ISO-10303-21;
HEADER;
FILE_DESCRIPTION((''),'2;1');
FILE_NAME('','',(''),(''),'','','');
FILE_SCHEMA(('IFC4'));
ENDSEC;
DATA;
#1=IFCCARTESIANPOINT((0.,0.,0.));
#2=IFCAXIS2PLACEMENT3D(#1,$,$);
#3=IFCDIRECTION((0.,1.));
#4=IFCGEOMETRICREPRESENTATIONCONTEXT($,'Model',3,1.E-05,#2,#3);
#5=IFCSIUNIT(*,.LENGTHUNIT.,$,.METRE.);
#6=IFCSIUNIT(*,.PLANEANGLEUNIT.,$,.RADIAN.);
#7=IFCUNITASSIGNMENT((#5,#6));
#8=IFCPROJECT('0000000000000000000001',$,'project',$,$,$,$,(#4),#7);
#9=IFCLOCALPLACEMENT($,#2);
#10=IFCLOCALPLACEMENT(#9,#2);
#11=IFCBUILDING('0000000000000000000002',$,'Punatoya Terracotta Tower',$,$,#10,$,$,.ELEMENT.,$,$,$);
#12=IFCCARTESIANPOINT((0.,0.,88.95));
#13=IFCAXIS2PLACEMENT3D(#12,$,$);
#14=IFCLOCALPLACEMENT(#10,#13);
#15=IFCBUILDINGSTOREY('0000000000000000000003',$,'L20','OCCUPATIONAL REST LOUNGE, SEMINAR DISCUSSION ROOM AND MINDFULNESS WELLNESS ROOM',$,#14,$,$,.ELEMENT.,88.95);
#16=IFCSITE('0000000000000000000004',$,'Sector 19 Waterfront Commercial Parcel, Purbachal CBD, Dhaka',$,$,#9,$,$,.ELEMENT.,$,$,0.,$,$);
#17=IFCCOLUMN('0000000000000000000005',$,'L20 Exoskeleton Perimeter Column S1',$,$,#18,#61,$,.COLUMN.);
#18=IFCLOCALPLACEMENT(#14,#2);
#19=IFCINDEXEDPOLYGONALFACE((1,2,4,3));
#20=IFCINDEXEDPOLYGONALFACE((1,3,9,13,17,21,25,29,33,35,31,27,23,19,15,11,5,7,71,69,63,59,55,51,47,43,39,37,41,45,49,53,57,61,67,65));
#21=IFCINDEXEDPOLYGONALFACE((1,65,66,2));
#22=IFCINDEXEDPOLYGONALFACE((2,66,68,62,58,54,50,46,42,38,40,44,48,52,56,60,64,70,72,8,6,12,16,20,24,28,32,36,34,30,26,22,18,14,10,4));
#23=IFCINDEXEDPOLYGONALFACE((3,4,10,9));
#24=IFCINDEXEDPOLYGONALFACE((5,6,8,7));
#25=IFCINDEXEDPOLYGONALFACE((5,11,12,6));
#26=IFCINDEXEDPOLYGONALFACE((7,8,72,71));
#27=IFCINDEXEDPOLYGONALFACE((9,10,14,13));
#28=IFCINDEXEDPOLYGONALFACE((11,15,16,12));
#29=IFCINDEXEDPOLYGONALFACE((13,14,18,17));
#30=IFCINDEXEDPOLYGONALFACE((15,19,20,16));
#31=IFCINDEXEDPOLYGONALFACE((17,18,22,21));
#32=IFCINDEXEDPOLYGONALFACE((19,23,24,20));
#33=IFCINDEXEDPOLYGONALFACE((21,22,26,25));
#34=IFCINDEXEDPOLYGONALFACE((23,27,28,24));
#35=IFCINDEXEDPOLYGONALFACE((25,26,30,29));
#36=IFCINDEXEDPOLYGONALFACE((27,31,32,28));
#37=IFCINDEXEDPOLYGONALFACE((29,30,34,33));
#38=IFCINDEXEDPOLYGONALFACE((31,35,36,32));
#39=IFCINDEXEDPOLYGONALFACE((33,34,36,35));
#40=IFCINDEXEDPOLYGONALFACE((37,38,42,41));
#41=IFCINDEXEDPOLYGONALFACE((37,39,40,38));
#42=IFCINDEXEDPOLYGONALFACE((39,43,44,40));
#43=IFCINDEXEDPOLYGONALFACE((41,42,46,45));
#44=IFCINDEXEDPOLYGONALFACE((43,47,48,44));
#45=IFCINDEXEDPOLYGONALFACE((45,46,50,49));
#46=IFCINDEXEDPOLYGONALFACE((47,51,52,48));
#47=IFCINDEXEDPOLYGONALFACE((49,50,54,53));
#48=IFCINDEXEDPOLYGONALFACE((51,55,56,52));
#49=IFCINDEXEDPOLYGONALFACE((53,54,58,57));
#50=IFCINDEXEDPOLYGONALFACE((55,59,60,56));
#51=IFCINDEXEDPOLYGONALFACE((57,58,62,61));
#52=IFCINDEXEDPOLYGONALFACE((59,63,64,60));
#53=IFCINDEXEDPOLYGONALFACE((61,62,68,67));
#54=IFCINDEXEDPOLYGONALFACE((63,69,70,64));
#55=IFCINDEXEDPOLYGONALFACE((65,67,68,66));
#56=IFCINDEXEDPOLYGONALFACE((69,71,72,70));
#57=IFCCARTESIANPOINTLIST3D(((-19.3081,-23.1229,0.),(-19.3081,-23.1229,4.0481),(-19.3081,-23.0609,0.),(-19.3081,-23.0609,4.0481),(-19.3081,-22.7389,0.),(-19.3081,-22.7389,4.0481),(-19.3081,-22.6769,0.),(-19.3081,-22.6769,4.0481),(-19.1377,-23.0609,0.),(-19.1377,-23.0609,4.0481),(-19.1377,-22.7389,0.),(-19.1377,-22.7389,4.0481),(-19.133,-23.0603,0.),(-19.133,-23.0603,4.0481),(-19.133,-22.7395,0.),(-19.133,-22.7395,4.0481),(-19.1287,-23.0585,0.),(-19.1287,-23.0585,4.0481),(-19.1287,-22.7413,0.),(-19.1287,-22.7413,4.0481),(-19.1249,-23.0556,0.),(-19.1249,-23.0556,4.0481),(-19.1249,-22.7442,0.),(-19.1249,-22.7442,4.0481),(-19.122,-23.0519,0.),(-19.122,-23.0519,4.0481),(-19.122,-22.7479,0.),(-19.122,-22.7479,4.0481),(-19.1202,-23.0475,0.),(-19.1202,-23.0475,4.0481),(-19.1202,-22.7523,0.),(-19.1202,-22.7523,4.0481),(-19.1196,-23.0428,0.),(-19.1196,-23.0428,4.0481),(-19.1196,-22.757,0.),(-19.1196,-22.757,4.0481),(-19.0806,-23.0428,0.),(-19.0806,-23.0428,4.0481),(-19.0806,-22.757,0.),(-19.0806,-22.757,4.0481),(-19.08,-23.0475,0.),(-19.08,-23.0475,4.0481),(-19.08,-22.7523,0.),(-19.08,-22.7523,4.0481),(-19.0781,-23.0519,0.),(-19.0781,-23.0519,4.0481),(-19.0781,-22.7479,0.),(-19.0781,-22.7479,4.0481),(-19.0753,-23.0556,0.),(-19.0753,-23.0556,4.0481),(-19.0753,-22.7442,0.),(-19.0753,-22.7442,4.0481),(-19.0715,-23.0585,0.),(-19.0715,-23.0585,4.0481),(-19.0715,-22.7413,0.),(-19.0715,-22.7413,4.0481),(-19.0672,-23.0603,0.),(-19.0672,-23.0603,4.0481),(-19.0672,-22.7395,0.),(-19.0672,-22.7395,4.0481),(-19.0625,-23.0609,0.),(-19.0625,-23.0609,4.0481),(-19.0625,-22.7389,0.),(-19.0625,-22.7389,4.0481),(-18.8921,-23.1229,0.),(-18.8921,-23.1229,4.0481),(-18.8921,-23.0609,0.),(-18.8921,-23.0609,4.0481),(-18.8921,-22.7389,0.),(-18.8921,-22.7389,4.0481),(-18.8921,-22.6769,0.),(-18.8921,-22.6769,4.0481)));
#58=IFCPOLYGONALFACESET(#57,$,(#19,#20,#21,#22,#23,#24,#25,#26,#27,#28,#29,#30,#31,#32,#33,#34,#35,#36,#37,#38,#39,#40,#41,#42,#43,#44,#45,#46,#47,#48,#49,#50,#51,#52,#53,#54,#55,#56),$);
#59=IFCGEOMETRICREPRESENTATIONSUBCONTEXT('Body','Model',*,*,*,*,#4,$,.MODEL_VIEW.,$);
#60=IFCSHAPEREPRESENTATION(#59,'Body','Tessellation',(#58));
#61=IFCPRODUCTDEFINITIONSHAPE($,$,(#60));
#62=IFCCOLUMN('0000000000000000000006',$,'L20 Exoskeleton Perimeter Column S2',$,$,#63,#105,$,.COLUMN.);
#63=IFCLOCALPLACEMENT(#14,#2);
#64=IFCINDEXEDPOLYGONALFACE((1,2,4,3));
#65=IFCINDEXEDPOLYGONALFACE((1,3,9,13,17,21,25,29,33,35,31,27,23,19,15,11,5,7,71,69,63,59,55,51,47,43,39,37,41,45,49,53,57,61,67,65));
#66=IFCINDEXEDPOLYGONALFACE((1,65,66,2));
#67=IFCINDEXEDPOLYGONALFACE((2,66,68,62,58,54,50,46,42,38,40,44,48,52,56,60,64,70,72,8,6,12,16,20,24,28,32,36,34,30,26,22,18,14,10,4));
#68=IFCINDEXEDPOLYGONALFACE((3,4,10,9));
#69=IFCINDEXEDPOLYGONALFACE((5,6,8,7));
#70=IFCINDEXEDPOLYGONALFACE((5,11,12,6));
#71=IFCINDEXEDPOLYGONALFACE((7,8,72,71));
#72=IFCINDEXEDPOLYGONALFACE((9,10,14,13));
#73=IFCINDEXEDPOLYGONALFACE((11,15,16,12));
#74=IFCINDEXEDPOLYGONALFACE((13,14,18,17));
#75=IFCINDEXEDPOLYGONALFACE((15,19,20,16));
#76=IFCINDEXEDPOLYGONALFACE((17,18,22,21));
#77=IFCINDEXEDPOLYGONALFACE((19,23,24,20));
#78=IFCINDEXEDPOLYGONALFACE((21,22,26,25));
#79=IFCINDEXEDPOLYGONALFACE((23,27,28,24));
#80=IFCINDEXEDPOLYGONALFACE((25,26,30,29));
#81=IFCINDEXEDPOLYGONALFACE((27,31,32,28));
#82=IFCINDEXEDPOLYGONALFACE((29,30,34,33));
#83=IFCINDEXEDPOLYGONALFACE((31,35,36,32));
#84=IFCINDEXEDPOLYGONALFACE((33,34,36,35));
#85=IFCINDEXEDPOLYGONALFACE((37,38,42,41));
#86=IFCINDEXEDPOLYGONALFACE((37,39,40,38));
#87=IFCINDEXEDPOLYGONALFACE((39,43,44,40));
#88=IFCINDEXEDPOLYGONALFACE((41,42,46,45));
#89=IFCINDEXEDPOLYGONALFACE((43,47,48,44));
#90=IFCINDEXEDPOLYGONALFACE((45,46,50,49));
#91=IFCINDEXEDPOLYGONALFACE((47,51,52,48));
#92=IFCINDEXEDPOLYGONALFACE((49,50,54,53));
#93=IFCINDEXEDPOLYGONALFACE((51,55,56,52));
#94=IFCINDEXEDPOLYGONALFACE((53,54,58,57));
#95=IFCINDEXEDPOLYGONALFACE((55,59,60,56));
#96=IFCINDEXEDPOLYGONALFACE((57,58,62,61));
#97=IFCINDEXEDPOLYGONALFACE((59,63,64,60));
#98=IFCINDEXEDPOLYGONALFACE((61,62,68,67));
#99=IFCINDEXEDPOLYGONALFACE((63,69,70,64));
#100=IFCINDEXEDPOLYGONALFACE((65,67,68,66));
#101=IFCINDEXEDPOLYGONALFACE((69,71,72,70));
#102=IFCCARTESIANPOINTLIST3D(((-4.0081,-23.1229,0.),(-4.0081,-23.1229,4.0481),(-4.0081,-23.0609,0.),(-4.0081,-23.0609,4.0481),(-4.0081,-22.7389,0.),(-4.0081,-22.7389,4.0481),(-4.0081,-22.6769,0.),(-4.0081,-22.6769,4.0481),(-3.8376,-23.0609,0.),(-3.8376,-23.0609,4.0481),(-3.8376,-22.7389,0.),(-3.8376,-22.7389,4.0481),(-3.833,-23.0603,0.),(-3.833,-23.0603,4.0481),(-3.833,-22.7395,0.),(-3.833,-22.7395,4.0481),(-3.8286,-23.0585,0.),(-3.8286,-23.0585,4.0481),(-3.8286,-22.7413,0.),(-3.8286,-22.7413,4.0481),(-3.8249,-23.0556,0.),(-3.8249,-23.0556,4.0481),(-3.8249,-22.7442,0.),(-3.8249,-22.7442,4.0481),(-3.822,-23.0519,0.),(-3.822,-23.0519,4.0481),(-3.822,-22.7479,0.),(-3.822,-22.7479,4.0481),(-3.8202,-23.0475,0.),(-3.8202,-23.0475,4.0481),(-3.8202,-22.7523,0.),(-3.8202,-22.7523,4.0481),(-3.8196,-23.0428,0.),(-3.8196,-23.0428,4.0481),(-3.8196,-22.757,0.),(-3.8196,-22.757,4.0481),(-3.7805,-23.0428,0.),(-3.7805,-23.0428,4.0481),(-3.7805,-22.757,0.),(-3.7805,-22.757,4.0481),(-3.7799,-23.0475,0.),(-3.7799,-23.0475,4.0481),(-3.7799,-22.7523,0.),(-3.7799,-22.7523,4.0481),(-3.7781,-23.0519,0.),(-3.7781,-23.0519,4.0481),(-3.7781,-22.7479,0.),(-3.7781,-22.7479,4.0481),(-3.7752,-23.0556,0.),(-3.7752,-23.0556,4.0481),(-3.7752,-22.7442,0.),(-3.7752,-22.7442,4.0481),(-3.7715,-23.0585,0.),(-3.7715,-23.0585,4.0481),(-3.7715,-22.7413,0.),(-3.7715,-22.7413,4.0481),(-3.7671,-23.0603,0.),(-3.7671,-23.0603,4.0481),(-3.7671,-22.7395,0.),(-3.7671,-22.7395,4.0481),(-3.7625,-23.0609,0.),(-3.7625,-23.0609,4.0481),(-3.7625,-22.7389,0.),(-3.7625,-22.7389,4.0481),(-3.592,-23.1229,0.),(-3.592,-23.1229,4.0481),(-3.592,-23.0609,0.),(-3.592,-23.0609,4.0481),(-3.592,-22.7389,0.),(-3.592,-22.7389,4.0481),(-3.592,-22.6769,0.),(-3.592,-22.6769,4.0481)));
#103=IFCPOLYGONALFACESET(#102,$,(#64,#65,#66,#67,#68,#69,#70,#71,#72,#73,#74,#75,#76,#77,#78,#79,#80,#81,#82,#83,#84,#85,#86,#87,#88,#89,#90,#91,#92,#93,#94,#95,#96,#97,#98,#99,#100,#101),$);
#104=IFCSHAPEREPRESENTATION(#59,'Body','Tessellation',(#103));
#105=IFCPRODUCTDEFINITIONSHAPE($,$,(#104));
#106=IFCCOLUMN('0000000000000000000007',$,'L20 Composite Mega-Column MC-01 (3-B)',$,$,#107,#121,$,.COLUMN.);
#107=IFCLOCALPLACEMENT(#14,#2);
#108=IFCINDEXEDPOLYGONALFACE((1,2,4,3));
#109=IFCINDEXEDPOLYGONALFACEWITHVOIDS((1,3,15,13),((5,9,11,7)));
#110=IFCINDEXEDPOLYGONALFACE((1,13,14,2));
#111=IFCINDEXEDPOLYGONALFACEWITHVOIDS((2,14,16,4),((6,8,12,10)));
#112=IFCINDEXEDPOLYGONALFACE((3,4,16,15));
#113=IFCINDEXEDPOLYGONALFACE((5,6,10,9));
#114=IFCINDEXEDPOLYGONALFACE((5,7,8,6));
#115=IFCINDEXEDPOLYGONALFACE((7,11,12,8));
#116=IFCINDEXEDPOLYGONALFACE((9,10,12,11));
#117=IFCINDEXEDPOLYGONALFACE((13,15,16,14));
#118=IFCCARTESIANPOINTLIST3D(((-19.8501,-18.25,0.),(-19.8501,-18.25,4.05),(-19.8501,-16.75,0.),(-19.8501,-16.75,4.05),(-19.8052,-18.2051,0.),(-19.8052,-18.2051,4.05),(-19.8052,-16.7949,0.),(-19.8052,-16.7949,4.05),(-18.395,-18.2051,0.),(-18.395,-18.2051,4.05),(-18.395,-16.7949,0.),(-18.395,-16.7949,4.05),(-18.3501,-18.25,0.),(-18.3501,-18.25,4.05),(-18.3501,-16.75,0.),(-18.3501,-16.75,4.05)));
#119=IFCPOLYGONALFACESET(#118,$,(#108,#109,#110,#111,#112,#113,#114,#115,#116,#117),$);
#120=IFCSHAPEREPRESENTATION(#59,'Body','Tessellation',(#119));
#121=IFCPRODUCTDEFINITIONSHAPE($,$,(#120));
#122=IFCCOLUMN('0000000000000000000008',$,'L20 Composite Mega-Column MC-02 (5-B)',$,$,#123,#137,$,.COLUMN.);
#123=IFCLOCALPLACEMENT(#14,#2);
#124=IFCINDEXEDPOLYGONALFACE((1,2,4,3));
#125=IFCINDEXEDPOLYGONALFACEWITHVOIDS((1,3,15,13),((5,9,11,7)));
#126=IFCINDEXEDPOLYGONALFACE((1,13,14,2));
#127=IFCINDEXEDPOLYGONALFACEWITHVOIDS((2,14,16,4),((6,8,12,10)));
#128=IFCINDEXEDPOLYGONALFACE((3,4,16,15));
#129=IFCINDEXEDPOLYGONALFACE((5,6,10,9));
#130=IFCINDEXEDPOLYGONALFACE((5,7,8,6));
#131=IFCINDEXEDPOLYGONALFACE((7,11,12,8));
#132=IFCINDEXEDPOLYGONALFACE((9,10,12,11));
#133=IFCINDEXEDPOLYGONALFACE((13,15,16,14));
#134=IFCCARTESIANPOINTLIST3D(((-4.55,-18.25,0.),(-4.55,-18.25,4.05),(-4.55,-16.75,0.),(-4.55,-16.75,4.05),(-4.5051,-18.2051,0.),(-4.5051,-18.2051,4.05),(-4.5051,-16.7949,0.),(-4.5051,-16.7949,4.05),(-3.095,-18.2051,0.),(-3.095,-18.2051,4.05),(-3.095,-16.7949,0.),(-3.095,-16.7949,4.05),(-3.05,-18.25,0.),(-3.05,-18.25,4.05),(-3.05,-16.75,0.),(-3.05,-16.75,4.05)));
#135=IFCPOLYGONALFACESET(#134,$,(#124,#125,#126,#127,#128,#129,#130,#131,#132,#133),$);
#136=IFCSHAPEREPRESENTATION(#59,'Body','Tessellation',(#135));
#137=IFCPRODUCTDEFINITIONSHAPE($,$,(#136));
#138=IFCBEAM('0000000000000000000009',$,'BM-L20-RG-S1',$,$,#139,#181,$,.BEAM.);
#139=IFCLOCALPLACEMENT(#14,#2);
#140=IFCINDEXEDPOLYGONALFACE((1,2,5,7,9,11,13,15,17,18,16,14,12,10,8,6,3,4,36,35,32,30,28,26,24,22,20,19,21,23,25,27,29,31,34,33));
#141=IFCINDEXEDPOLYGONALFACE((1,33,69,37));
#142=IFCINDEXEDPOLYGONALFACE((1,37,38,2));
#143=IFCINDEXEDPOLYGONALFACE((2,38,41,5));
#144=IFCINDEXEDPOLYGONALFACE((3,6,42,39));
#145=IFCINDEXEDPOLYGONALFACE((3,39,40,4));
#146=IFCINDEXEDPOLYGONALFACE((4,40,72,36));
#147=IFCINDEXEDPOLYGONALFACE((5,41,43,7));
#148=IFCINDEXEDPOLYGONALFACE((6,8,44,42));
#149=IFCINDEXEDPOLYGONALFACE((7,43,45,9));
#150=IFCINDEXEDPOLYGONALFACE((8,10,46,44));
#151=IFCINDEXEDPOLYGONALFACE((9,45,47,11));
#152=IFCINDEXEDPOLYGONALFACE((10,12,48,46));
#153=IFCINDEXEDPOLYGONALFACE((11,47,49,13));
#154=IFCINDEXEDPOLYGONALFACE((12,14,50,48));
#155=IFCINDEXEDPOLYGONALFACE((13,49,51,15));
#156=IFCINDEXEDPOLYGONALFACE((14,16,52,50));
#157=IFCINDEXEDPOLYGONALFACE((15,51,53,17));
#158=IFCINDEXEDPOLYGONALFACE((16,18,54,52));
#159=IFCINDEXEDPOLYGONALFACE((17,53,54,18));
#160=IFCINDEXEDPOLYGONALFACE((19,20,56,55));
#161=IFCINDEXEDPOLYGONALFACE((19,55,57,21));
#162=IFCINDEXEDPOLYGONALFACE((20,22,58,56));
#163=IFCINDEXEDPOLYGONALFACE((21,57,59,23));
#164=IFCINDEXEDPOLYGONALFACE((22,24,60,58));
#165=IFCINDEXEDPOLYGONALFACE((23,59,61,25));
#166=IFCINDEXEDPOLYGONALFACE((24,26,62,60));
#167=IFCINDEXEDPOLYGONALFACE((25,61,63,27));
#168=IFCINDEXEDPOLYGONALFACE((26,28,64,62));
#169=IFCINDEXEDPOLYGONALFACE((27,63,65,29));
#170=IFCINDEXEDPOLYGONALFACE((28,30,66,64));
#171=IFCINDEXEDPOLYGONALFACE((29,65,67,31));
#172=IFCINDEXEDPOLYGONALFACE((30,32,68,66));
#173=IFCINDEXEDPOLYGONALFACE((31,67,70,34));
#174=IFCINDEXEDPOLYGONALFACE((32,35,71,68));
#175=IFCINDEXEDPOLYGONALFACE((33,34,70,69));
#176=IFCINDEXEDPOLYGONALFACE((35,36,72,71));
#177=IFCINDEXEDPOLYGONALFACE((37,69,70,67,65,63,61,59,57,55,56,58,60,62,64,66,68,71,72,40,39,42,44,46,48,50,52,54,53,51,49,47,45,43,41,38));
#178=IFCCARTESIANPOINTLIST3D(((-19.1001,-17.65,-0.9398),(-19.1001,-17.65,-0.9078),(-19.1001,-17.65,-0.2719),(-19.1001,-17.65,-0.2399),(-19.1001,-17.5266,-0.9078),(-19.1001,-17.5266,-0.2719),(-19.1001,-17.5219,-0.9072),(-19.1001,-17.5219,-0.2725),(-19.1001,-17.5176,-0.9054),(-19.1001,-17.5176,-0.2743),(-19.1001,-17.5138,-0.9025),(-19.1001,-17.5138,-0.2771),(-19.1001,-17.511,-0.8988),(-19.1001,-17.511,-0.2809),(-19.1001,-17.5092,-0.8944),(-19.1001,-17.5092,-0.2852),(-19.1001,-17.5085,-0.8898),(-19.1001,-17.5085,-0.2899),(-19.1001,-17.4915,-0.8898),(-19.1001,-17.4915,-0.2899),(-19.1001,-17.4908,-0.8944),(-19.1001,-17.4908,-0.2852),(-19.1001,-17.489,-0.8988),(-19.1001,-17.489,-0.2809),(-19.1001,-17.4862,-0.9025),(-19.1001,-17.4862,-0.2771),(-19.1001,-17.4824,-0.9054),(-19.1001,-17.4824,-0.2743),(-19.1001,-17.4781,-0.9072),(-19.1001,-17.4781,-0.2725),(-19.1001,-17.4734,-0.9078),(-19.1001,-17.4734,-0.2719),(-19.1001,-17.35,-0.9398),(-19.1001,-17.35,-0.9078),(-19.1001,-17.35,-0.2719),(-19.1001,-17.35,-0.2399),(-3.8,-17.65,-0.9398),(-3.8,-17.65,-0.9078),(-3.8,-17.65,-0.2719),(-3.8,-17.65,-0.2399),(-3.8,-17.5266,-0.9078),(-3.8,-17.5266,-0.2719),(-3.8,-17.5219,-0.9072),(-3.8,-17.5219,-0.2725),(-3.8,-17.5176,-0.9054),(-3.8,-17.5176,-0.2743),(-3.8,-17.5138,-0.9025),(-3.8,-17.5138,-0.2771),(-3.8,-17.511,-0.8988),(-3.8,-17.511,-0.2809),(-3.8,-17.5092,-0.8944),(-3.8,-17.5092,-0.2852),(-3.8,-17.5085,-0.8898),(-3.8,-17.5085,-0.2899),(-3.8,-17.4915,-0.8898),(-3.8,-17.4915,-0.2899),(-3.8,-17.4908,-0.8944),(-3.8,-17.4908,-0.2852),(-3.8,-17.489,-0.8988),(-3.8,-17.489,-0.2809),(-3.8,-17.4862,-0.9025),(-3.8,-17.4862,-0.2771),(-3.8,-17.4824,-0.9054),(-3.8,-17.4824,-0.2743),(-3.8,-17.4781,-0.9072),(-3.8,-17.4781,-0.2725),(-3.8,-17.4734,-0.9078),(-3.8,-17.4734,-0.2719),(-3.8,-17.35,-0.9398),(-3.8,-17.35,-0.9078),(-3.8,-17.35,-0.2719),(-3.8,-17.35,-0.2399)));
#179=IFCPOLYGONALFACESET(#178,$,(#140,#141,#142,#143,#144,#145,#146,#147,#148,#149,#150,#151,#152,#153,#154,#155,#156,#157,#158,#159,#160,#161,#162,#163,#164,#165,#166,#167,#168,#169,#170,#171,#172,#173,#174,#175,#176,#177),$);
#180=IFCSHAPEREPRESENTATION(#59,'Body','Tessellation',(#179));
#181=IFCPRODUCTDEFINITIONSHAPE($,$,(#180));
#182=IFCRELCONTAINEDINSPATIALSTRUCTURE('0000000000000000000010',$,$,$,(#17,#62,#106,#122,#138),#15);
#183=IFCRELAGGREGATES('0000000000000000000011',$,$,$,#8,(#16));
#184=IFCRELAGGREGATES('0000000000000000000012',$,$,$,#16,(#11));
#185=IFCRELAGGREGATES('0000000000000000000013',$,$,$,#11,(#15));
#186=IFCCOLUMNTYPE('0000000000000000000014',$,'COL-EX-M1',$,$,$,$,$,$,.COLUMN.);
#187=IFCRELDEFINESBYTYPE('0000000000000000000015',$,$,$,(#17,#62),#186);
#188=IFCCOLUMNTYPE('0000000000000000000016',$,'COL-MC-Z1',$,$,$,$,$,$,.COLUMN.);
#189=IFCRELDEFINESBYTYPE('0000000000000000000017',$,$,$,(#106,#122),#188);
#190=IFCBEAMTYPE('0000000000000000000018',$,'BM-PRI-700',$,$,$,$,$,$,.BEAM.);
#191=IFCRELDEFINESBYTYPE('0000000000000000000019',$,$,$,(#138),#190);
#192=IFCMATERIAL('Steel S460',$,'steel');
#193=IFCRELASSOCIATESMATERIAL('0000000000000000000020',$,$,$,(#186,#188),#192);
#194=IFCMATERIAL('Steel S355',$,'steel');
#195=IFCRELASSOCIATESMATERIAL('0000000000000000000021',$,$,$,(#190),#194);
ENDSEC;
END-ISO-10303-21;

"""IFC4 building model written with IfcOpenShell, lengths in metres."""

from ifc_helpers import new_model, si_unit, direction, frame, origin, origin_2d, place, context, subcontext, project, spatial, hollow_rectangle, i_section, extrude, material, material_profile, profile_set, type_object, element, save


model = new_model("IFC4")

# Units and contexts
model_context = context("Model", 3, precision=1e-05, world=origin(), true_north=direction((0.0, 1.0)))
body_context = subcontext(model_context, "Body", "Model", "MODEL_VIEW")
ifc_project = project(units=[si_unit("LENGTHUNIT", "METRE"), si_unit("PLANEANGLEUNIT", "RADIAN")], contexts=[model_context])

# Site, building, storey
site_placement = place(None, origin())
site = spatial("IfcSite", under=ifc_project, at=site_placement, Name="Sector 19 Waterfront Commercial Parcel, Purbachal CBD, Dhaka", CompositionType="ELEMENT", RefElevation=0.0)
building_placement = place(site_placement, origin())
building = spatial("IfcBuilding", under=site, at=building_placement, Name="Punatoya Terracotta Tower", CompositionType="ELEMENT")
storey_placement = place(building_placement, frame((0.0, 0.0, 88.95)))
storey = spatial("IfcBuildingStorey", under=building, at=storey_placement, Name="L20", Description="OCCUPATIONAL REST LOUNGE, SEMINAR DISCUSSION ROOM AND MINDFULNESS WELLNESS ROOM", CompositionType="ELEMENT", Elevation=88.95)

# Columns
ifc_material_1 = material(Name="Steel S460", Category="steel")
ifc_material_profile_1 = material_profile(ifc_material_1, i_section(OverallWidth=0.416, OverallDepth=0.446, WebThickness=0.0391, FlangeThickness=0.062, FilletRadius=0.0181, at=origin_2d()))
ifc_profile_set_1 = profile_set([ifc_material_profile_1], Name="Steel S460")
column_type_1 = type_object("IfcColumnType", Name="COL-EX-M1", PredefinedType="COLUMN", material=ifc_profile_set_1)
for number, where, z_axis, x_axis, name in (
    (1, (-19.1001, -22.8999, 0.0), (0.0, 0.0, 1.0), (1.0, 0.0, 0.0), "L20 Exoskeleton Perimeter Column S1"),
    (2, (-3.8, -22.8999, 0.0), (0.0, 0.0, 1.0), (1.0, 0.0, 0.0), "L20 Exoskeleton Perimeter Column S2"),
):
    element("IfcColumn", number, at=place(storey_placement, frame(where, z_axis=z_axis, x_axis=x_axis)), inside=storey, type_object=column_type_1, Name=name, PredefinedType="COLUMN", context=body_context, shape_type="SweptSolid", body=[
        extrude(i_section(OverallWidth=0.416, OverallDepth=0.446, WebThickness=0.0391, FlangeThickness=0.062, FilletRadius=0.0181, at=origin_2d()), origin(), (0.0, 0.0, 1.0), 4.0481),
    ])
ifc_material_profile_2 = material_profile(ifc_material_1, hollow_rectangle(XDim=1.5, YDim=1.5, WallThickness=0.0449, at=origin_2d()))
ifc_profile_set_2 = profile_set([ifc_material_profile_2], Name="Steel S460")
column_type_2 = type_object("IfcColumnType", Name="COL-MC-Z1", PredefinedType="COLUMN", material=ifc_profile_set_2)
for number, where, z_axis, x_axis, name in (
    (3, (-19.1001, -17.5, 0.0), (0.0, 0.0, 1.0), (1.0, 0.0, 0.0), "L20 Composite Mega-Column MC-01 (3-B)"),
    (4, (-3.8, -17.5, 0.0), (0.0, 0.0, 1.0), (1.0, 0.0, 0.0), "L20 Composite Mega-Column MC-02 (5-B)"),
):
    element("IfcColumn", number, at=place(storey_placement, frame(where, z_axis=z_axis, x_axis=x_axis)), inside=storey, type_object=column_type_2, Name=name, PredefinedType="COLUMN", context=body_context, shape_type="SweptSolid", body=[
        extrude(hollow_rectangle(XDim=1.5, YDim=1.5, WallThickness=0.0449, at=origin_2d()), origin(), (0.0, 0.0, 1.0), 4.05),
    ])

# Beam
ifc_material_2 = material(Name="Steel S355", Category="steel")
ifc_material_profile_3 = material_profile(ifc_material_2, i_section(OverallWidth=0.3, OverallDepth=0.7, WebThickness=0.0171, FlangeThickness=0.032, FilletRadius=0.0181, at=origin_2d()))
ifc_profile_set_3 = profile_set([ifc_material_profile_3], Name="Steel S355")
beam_type_1 = type_object("IfcBeamType", Name="BM-PRI-700", PredefinedType="BEAM", material=ifc_profile_set_3)
beam_1_placement = place(storey_placement, frame((-19.1001, -17.5, -0.5898), z_axis=(1.0, 0.0, 0.0), x_axis=(0.0, 1.0, 0.0)))
element("IfcBeam", 5, at=beam_1_placement, inside=storey, type_object=beam_type_1, Name="BM-L20-RG-S1", PredefinedType="BEAM", context=body_context, shape_type="SweptSolid", body=[
    extrude(i_section(OverallWidth=0.3, OverallDepth=0.7, WebThickness=0.0171, FlangeThickness=0.032, FilletRadius=0.0181, at=origin_2d()), origin(), (0.0, 0.0, 1.0), 15.3),
])

save(model, "model.ifc")
